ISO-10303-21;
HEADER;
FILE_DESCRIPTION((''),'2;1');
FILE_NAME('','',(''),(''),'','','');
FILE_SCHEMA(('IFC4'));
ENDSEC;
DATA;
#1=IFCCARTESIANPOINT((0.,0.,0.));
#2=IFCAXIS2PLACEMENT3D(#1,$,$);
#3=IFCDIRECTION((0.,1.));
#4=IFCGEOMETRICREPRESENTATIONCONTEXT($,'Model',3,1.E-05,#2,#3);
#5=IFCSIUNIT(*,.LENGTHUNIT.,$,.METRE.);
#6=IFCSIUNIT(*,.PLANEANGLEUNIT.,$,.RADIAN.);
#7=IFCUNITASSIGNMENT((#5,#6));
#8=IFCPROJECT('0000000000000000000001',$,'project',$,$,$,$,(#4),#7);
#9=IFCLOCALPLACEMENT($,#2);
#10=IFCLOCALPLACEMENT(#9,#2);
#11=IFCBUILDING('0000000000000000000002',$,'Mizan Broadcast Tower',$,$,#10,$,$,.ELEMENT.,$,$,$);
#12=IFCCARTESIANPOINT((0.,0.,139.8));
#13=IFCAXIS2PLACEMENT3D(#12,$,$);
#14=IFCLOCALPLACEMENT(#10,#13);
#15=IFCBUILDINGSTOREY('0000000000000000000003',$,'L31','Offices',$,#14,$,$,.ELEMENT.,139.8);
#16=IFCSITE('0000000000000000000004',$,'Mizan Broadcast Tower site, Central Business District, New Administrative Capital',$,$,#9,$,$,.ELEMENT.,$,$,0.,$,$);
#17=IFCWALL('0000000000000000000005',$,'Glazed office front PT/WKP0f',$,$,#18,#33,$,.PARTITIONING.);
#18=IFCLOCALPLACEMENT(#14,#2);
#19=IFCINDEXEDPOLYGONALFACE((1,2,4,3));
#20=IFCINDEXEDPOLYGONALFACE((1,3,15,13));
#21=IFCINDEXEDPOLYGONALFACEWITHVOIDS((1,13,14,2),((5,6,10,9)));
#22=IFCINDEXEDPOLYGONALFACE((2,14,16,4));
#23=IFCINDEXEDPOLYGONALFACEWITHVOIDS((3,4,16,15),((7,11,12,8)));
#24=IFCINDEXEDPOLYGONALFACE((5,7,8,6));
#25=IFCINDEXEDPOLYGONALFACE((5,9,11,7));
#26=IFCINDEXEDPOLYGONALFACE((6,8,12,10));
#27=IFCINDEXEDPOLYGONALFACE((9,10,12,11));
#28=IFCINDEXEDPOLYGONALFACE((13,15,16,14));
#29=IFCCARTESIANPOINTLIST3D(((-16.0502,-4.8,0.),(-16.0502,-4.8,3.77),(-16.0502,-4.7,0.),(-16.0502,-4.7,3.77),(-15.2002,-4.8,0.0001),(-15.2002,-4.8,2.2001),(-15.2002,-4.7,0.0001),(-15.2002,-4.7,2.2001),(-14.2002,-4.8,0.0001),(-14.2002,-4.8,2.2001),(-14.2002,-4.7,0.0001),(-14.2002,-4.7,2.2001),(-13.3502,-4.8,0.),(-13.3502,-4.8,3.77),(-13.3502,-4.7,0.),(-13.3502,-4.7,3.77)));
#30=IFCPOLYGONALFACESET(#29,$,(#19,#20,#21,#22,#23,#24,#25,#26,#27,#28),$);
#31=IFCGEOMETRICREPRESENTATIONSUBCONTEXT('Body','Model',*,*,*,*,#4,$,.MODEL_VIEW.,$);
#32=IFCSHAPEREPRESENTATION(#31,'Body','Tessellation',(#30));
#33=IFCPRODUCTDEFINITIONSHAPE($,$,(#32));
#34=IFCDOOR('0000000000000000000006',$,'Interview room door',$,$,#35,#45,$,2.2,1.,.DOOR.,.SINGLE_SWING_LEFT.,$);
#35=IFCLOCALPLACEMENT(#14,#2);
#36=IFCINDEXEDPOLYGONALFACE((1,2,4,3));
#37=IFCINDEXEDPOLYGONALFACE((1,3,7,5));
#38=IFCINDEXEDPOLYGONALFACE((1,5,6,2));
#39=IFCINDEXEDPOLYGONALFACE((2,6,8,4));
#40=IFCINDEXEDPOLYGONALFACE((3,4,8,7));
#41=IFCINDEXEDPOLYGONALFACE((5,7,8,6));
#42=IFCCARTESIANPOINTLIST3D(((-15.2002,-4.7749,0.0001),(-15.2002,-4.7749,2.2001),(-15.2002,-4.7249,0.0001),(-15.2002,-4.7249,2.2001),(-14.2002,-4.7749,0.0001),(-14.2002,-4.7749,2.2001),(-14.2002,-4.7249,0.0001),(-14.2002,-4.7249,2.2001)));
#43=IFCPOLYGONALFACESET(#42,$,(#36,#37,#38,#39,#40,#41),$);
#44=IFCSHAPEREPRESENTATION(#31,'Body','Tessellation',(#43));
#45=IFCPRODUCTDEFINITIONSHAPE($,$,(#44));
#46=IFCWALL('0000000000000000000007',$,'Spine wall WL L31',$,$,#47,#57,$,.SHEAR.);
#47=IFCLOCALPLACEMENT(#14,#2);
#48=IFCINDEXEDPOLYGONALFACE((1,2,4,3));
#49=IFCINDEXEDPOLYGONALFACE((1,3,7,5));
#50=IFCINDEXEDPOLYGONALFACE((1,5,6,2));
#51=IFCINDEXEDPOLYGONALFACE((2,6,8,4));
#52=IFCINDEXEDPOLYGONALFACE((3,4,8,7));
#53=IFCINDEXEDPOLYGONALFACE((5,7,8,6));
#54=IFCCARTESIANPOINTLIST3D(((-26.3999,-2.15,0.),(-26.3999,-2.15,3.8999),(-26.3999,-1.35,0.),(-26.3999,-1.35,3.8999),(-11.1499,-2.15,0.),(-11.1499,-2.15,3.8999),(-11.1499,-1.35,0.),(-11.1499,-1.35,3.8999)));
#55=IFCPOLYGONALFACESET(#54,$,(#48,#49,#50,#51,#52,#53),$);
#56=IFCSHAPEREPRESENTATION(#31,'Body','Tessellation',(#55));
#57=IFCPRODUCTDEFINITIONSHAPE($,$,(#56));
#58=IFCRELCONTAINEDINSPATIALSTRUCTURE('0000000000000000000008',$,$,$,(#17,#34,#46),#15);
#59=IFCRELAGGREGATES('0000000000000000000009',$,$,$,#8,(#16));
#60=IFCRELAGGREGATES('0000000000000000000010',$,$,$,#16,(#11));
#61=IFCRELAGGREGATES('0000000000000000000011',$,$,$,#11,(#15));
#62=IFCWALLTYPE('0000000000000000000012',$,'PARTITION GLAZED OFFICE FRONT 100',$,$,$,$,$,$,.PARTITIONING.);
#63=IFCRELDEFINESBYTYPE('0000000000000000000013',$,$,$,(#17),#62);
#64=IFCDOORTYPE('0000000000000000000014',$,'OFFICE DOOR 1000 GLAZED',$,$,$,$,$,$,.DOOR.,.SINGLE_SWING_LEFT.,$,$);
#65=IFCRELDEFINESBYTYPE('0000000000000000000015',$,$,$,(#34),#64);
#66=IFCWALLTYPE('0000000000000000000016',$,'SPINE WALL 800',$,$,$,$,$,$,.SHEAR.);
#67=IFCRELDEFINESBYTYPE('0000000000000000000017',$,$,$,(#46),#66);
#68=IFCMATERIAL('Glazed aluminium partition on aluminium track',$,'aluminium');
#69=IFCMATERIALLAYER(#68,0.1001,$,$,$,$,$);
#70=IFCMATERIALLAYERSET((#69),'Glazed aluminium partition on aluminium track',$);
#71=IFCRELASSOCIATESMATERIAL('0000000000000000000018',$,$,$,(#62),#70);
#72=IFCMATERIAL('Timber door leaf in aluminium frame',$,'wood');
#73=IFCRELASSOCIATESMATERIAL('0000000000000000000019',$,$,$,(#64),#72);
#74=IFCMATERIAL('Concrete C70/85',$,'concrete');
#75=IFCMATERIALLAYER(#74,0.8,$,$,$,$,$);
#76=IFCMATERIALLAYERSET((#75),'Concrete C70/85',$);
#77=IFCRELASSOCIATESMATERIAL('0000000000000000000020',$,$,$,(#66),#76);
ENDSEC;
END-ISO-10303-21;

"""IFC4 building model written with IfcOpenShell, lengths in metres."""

from ifc_helpers import new_model, si_unit, direction, frame, frame_2d, origin, place, context, subcontext, project, spatial, rectangle, extrude, material, layer, layer_set, type_object, element, fill, save


model = new_model("IFC4")

# Units and contexts
model_context = context("Model", 3, precision=1e-05, world=origin(), true_north=direction((0.0, 1.0)))
body_context = subcontext(model_context, "Body", "Model", "MODEL_VIEW")
ifc_project = project(units=[si_unit("LENGTHUNIT", "METRE"), si_unit("PLANEANGLEUNIT", "RADIAN")], contexts=[model_context])

# Site, building, storey
site_placement = place(None, origin())
site = spatial("IfcSite", under=ifc_project, at=site_placement, Name="Mizan Broadcast Tower site, Central Business District, New Administrative Capital", CompositionType="ELEMENT", RefElevation=0.0)
building_placement = place(site_placement, origin())
building = spatial("IfcBuilding", under=site, at=building_placement, Name="Mizan Broadcast Tower", CompositionType="ELEMENT")
storey_placement = place(building_placement, frame((0.0, 0.0, 139.8)))
storey = spatial("IfcBuildingStorey", under=building, at=storey_placement, Name="L31", Description="Offices", CompositionType="ELEMENT", Elevation=139.8)

# Shared definitions
ifc_material_1 = material(Name="Glazed aluminium partition on aluminium track", Category="aluminium")
ifc_layer_1 = layer(ifc_material_1, 0.1001)
ifc_layer_set_1 = layer_set([ifc_layer_1], Name="Glazed aluminium partition on aluminium track")
wall_type_1 = type_object("IfcWallType", Name="PARTITION GLAZED OFFICE FRONT 100", PredefinedType="PARTITIONING", material=ifc_layer_set_1)

# Wall, opening, door
wall_1_placement = place(storey_placement, frame((-13.3501, -4.75, 0.0), z_axis=(0.0, 0.0, 1.0), x_axis=(-1.0, 0.0, 0.0)))
wall_1 = element("IfcWall", 1, at=wall_1_placement, inside=storey, type_object=wall_type_1, Name="Glazed office front PT/WKP0f", PredefinedType="PARTITIONING", context=body_context, shape_type="SweptSolid", body=[
    extrude(rectangle(XDim=2.7, YDim=0.1001, at=frame_2d((1.3501, 0.0))), origin(), (0.0, 0.0, 1.0), 3.77),
])
opening_1_placement = place(wall_1_placement, frame((0.8501, 0.0, 0.0)))
opening_1 = element("IfcOpeningElement", 2, at=opening_1_placement, cuts=wall_1, PredefinedType="OPENING", context=body_context, shape_type="SweptSolid", body=[
    extrude(rectangle(XDim=1.0, YDim=2.2, at=frame_2d((0.5, 1.1001))), frame((0.0, 0.0601, 0.0), z_axis=(0.0, -1.0, 0.0), x_axis=(1.0, 0.0, 0.0)), (0.0, 0.0, 1.0), 0.1201),
])
ifc_material_2 = material(Name="Timber door leaf in aluminium frame", Category="wood")
door_type_1 = type_object("IfcDoorType", Name="OFFICE DOOR 1000 GLAZED", OperationType="SINGLE_SWING_LEFT", PredefinedType="DOOR", material=ifc_material_2)
door_1_placement = place(opening_1_placement, origin())
door_1 = element("IfcDoor", 3, at=door_1_placement, inside=storey, type_object=door_type_1, Name="Interview room door", OperationType="SINGLE_SWING_LEFT", OverallHeight=2.2, OverallWidth=1.0, PredefinedType="DOOR", context=body_context, shape_type="SweptSolid", body=[
    extrude(rectangle(XDim=1.0, YDim=2.2, at=frame_2d((0.5, 1.1001))), frame((0.0, 0.0249, 0.0), z_axis=(0.0, -1.0, 0.0), x_axis=(1.0, 0.0, 0.0)), (0.0, 0.0, 1.0), 0.05),
])
fill(opening_1, door_1)

# Wall
ifc_material_3 = material(Name="Concrete C70/85", Category="concrete")
ifc_layer_2 = layer(ifc_material_3, 0.8)
ifc_layer_set_2 = layer_set([ifc_layer_2], Name="Concrete C70/85")
wall_type_2 = type_object("IfcWallType", Name="SPINE WALL 800", PredefinedType="SHEAR", material=ifc_layer_set_2)
wall_2_placement = place(storey_placement, frame((-11.1499, -1.75, 0.0), z_axis=(0.0, 0.0, 1.0), x_axis=(-1.0, 0.0, 0.0)))
element("IfcWall", 4, at=wall_2_placement, inside=storey, type_object=wall_type_2, Name="Spine wall WL L31", PredefinedType="SHEAR", context=body_context, shape_type="SweptSolid", body=[
    extrude(rectangle(XDim=15.25, YDim=0.8, at=frame_2d((7.625, 0.0))), origin(), (0.0, 0.0, 1.0), 3.8999),
])

save(model, "model.ifc")
